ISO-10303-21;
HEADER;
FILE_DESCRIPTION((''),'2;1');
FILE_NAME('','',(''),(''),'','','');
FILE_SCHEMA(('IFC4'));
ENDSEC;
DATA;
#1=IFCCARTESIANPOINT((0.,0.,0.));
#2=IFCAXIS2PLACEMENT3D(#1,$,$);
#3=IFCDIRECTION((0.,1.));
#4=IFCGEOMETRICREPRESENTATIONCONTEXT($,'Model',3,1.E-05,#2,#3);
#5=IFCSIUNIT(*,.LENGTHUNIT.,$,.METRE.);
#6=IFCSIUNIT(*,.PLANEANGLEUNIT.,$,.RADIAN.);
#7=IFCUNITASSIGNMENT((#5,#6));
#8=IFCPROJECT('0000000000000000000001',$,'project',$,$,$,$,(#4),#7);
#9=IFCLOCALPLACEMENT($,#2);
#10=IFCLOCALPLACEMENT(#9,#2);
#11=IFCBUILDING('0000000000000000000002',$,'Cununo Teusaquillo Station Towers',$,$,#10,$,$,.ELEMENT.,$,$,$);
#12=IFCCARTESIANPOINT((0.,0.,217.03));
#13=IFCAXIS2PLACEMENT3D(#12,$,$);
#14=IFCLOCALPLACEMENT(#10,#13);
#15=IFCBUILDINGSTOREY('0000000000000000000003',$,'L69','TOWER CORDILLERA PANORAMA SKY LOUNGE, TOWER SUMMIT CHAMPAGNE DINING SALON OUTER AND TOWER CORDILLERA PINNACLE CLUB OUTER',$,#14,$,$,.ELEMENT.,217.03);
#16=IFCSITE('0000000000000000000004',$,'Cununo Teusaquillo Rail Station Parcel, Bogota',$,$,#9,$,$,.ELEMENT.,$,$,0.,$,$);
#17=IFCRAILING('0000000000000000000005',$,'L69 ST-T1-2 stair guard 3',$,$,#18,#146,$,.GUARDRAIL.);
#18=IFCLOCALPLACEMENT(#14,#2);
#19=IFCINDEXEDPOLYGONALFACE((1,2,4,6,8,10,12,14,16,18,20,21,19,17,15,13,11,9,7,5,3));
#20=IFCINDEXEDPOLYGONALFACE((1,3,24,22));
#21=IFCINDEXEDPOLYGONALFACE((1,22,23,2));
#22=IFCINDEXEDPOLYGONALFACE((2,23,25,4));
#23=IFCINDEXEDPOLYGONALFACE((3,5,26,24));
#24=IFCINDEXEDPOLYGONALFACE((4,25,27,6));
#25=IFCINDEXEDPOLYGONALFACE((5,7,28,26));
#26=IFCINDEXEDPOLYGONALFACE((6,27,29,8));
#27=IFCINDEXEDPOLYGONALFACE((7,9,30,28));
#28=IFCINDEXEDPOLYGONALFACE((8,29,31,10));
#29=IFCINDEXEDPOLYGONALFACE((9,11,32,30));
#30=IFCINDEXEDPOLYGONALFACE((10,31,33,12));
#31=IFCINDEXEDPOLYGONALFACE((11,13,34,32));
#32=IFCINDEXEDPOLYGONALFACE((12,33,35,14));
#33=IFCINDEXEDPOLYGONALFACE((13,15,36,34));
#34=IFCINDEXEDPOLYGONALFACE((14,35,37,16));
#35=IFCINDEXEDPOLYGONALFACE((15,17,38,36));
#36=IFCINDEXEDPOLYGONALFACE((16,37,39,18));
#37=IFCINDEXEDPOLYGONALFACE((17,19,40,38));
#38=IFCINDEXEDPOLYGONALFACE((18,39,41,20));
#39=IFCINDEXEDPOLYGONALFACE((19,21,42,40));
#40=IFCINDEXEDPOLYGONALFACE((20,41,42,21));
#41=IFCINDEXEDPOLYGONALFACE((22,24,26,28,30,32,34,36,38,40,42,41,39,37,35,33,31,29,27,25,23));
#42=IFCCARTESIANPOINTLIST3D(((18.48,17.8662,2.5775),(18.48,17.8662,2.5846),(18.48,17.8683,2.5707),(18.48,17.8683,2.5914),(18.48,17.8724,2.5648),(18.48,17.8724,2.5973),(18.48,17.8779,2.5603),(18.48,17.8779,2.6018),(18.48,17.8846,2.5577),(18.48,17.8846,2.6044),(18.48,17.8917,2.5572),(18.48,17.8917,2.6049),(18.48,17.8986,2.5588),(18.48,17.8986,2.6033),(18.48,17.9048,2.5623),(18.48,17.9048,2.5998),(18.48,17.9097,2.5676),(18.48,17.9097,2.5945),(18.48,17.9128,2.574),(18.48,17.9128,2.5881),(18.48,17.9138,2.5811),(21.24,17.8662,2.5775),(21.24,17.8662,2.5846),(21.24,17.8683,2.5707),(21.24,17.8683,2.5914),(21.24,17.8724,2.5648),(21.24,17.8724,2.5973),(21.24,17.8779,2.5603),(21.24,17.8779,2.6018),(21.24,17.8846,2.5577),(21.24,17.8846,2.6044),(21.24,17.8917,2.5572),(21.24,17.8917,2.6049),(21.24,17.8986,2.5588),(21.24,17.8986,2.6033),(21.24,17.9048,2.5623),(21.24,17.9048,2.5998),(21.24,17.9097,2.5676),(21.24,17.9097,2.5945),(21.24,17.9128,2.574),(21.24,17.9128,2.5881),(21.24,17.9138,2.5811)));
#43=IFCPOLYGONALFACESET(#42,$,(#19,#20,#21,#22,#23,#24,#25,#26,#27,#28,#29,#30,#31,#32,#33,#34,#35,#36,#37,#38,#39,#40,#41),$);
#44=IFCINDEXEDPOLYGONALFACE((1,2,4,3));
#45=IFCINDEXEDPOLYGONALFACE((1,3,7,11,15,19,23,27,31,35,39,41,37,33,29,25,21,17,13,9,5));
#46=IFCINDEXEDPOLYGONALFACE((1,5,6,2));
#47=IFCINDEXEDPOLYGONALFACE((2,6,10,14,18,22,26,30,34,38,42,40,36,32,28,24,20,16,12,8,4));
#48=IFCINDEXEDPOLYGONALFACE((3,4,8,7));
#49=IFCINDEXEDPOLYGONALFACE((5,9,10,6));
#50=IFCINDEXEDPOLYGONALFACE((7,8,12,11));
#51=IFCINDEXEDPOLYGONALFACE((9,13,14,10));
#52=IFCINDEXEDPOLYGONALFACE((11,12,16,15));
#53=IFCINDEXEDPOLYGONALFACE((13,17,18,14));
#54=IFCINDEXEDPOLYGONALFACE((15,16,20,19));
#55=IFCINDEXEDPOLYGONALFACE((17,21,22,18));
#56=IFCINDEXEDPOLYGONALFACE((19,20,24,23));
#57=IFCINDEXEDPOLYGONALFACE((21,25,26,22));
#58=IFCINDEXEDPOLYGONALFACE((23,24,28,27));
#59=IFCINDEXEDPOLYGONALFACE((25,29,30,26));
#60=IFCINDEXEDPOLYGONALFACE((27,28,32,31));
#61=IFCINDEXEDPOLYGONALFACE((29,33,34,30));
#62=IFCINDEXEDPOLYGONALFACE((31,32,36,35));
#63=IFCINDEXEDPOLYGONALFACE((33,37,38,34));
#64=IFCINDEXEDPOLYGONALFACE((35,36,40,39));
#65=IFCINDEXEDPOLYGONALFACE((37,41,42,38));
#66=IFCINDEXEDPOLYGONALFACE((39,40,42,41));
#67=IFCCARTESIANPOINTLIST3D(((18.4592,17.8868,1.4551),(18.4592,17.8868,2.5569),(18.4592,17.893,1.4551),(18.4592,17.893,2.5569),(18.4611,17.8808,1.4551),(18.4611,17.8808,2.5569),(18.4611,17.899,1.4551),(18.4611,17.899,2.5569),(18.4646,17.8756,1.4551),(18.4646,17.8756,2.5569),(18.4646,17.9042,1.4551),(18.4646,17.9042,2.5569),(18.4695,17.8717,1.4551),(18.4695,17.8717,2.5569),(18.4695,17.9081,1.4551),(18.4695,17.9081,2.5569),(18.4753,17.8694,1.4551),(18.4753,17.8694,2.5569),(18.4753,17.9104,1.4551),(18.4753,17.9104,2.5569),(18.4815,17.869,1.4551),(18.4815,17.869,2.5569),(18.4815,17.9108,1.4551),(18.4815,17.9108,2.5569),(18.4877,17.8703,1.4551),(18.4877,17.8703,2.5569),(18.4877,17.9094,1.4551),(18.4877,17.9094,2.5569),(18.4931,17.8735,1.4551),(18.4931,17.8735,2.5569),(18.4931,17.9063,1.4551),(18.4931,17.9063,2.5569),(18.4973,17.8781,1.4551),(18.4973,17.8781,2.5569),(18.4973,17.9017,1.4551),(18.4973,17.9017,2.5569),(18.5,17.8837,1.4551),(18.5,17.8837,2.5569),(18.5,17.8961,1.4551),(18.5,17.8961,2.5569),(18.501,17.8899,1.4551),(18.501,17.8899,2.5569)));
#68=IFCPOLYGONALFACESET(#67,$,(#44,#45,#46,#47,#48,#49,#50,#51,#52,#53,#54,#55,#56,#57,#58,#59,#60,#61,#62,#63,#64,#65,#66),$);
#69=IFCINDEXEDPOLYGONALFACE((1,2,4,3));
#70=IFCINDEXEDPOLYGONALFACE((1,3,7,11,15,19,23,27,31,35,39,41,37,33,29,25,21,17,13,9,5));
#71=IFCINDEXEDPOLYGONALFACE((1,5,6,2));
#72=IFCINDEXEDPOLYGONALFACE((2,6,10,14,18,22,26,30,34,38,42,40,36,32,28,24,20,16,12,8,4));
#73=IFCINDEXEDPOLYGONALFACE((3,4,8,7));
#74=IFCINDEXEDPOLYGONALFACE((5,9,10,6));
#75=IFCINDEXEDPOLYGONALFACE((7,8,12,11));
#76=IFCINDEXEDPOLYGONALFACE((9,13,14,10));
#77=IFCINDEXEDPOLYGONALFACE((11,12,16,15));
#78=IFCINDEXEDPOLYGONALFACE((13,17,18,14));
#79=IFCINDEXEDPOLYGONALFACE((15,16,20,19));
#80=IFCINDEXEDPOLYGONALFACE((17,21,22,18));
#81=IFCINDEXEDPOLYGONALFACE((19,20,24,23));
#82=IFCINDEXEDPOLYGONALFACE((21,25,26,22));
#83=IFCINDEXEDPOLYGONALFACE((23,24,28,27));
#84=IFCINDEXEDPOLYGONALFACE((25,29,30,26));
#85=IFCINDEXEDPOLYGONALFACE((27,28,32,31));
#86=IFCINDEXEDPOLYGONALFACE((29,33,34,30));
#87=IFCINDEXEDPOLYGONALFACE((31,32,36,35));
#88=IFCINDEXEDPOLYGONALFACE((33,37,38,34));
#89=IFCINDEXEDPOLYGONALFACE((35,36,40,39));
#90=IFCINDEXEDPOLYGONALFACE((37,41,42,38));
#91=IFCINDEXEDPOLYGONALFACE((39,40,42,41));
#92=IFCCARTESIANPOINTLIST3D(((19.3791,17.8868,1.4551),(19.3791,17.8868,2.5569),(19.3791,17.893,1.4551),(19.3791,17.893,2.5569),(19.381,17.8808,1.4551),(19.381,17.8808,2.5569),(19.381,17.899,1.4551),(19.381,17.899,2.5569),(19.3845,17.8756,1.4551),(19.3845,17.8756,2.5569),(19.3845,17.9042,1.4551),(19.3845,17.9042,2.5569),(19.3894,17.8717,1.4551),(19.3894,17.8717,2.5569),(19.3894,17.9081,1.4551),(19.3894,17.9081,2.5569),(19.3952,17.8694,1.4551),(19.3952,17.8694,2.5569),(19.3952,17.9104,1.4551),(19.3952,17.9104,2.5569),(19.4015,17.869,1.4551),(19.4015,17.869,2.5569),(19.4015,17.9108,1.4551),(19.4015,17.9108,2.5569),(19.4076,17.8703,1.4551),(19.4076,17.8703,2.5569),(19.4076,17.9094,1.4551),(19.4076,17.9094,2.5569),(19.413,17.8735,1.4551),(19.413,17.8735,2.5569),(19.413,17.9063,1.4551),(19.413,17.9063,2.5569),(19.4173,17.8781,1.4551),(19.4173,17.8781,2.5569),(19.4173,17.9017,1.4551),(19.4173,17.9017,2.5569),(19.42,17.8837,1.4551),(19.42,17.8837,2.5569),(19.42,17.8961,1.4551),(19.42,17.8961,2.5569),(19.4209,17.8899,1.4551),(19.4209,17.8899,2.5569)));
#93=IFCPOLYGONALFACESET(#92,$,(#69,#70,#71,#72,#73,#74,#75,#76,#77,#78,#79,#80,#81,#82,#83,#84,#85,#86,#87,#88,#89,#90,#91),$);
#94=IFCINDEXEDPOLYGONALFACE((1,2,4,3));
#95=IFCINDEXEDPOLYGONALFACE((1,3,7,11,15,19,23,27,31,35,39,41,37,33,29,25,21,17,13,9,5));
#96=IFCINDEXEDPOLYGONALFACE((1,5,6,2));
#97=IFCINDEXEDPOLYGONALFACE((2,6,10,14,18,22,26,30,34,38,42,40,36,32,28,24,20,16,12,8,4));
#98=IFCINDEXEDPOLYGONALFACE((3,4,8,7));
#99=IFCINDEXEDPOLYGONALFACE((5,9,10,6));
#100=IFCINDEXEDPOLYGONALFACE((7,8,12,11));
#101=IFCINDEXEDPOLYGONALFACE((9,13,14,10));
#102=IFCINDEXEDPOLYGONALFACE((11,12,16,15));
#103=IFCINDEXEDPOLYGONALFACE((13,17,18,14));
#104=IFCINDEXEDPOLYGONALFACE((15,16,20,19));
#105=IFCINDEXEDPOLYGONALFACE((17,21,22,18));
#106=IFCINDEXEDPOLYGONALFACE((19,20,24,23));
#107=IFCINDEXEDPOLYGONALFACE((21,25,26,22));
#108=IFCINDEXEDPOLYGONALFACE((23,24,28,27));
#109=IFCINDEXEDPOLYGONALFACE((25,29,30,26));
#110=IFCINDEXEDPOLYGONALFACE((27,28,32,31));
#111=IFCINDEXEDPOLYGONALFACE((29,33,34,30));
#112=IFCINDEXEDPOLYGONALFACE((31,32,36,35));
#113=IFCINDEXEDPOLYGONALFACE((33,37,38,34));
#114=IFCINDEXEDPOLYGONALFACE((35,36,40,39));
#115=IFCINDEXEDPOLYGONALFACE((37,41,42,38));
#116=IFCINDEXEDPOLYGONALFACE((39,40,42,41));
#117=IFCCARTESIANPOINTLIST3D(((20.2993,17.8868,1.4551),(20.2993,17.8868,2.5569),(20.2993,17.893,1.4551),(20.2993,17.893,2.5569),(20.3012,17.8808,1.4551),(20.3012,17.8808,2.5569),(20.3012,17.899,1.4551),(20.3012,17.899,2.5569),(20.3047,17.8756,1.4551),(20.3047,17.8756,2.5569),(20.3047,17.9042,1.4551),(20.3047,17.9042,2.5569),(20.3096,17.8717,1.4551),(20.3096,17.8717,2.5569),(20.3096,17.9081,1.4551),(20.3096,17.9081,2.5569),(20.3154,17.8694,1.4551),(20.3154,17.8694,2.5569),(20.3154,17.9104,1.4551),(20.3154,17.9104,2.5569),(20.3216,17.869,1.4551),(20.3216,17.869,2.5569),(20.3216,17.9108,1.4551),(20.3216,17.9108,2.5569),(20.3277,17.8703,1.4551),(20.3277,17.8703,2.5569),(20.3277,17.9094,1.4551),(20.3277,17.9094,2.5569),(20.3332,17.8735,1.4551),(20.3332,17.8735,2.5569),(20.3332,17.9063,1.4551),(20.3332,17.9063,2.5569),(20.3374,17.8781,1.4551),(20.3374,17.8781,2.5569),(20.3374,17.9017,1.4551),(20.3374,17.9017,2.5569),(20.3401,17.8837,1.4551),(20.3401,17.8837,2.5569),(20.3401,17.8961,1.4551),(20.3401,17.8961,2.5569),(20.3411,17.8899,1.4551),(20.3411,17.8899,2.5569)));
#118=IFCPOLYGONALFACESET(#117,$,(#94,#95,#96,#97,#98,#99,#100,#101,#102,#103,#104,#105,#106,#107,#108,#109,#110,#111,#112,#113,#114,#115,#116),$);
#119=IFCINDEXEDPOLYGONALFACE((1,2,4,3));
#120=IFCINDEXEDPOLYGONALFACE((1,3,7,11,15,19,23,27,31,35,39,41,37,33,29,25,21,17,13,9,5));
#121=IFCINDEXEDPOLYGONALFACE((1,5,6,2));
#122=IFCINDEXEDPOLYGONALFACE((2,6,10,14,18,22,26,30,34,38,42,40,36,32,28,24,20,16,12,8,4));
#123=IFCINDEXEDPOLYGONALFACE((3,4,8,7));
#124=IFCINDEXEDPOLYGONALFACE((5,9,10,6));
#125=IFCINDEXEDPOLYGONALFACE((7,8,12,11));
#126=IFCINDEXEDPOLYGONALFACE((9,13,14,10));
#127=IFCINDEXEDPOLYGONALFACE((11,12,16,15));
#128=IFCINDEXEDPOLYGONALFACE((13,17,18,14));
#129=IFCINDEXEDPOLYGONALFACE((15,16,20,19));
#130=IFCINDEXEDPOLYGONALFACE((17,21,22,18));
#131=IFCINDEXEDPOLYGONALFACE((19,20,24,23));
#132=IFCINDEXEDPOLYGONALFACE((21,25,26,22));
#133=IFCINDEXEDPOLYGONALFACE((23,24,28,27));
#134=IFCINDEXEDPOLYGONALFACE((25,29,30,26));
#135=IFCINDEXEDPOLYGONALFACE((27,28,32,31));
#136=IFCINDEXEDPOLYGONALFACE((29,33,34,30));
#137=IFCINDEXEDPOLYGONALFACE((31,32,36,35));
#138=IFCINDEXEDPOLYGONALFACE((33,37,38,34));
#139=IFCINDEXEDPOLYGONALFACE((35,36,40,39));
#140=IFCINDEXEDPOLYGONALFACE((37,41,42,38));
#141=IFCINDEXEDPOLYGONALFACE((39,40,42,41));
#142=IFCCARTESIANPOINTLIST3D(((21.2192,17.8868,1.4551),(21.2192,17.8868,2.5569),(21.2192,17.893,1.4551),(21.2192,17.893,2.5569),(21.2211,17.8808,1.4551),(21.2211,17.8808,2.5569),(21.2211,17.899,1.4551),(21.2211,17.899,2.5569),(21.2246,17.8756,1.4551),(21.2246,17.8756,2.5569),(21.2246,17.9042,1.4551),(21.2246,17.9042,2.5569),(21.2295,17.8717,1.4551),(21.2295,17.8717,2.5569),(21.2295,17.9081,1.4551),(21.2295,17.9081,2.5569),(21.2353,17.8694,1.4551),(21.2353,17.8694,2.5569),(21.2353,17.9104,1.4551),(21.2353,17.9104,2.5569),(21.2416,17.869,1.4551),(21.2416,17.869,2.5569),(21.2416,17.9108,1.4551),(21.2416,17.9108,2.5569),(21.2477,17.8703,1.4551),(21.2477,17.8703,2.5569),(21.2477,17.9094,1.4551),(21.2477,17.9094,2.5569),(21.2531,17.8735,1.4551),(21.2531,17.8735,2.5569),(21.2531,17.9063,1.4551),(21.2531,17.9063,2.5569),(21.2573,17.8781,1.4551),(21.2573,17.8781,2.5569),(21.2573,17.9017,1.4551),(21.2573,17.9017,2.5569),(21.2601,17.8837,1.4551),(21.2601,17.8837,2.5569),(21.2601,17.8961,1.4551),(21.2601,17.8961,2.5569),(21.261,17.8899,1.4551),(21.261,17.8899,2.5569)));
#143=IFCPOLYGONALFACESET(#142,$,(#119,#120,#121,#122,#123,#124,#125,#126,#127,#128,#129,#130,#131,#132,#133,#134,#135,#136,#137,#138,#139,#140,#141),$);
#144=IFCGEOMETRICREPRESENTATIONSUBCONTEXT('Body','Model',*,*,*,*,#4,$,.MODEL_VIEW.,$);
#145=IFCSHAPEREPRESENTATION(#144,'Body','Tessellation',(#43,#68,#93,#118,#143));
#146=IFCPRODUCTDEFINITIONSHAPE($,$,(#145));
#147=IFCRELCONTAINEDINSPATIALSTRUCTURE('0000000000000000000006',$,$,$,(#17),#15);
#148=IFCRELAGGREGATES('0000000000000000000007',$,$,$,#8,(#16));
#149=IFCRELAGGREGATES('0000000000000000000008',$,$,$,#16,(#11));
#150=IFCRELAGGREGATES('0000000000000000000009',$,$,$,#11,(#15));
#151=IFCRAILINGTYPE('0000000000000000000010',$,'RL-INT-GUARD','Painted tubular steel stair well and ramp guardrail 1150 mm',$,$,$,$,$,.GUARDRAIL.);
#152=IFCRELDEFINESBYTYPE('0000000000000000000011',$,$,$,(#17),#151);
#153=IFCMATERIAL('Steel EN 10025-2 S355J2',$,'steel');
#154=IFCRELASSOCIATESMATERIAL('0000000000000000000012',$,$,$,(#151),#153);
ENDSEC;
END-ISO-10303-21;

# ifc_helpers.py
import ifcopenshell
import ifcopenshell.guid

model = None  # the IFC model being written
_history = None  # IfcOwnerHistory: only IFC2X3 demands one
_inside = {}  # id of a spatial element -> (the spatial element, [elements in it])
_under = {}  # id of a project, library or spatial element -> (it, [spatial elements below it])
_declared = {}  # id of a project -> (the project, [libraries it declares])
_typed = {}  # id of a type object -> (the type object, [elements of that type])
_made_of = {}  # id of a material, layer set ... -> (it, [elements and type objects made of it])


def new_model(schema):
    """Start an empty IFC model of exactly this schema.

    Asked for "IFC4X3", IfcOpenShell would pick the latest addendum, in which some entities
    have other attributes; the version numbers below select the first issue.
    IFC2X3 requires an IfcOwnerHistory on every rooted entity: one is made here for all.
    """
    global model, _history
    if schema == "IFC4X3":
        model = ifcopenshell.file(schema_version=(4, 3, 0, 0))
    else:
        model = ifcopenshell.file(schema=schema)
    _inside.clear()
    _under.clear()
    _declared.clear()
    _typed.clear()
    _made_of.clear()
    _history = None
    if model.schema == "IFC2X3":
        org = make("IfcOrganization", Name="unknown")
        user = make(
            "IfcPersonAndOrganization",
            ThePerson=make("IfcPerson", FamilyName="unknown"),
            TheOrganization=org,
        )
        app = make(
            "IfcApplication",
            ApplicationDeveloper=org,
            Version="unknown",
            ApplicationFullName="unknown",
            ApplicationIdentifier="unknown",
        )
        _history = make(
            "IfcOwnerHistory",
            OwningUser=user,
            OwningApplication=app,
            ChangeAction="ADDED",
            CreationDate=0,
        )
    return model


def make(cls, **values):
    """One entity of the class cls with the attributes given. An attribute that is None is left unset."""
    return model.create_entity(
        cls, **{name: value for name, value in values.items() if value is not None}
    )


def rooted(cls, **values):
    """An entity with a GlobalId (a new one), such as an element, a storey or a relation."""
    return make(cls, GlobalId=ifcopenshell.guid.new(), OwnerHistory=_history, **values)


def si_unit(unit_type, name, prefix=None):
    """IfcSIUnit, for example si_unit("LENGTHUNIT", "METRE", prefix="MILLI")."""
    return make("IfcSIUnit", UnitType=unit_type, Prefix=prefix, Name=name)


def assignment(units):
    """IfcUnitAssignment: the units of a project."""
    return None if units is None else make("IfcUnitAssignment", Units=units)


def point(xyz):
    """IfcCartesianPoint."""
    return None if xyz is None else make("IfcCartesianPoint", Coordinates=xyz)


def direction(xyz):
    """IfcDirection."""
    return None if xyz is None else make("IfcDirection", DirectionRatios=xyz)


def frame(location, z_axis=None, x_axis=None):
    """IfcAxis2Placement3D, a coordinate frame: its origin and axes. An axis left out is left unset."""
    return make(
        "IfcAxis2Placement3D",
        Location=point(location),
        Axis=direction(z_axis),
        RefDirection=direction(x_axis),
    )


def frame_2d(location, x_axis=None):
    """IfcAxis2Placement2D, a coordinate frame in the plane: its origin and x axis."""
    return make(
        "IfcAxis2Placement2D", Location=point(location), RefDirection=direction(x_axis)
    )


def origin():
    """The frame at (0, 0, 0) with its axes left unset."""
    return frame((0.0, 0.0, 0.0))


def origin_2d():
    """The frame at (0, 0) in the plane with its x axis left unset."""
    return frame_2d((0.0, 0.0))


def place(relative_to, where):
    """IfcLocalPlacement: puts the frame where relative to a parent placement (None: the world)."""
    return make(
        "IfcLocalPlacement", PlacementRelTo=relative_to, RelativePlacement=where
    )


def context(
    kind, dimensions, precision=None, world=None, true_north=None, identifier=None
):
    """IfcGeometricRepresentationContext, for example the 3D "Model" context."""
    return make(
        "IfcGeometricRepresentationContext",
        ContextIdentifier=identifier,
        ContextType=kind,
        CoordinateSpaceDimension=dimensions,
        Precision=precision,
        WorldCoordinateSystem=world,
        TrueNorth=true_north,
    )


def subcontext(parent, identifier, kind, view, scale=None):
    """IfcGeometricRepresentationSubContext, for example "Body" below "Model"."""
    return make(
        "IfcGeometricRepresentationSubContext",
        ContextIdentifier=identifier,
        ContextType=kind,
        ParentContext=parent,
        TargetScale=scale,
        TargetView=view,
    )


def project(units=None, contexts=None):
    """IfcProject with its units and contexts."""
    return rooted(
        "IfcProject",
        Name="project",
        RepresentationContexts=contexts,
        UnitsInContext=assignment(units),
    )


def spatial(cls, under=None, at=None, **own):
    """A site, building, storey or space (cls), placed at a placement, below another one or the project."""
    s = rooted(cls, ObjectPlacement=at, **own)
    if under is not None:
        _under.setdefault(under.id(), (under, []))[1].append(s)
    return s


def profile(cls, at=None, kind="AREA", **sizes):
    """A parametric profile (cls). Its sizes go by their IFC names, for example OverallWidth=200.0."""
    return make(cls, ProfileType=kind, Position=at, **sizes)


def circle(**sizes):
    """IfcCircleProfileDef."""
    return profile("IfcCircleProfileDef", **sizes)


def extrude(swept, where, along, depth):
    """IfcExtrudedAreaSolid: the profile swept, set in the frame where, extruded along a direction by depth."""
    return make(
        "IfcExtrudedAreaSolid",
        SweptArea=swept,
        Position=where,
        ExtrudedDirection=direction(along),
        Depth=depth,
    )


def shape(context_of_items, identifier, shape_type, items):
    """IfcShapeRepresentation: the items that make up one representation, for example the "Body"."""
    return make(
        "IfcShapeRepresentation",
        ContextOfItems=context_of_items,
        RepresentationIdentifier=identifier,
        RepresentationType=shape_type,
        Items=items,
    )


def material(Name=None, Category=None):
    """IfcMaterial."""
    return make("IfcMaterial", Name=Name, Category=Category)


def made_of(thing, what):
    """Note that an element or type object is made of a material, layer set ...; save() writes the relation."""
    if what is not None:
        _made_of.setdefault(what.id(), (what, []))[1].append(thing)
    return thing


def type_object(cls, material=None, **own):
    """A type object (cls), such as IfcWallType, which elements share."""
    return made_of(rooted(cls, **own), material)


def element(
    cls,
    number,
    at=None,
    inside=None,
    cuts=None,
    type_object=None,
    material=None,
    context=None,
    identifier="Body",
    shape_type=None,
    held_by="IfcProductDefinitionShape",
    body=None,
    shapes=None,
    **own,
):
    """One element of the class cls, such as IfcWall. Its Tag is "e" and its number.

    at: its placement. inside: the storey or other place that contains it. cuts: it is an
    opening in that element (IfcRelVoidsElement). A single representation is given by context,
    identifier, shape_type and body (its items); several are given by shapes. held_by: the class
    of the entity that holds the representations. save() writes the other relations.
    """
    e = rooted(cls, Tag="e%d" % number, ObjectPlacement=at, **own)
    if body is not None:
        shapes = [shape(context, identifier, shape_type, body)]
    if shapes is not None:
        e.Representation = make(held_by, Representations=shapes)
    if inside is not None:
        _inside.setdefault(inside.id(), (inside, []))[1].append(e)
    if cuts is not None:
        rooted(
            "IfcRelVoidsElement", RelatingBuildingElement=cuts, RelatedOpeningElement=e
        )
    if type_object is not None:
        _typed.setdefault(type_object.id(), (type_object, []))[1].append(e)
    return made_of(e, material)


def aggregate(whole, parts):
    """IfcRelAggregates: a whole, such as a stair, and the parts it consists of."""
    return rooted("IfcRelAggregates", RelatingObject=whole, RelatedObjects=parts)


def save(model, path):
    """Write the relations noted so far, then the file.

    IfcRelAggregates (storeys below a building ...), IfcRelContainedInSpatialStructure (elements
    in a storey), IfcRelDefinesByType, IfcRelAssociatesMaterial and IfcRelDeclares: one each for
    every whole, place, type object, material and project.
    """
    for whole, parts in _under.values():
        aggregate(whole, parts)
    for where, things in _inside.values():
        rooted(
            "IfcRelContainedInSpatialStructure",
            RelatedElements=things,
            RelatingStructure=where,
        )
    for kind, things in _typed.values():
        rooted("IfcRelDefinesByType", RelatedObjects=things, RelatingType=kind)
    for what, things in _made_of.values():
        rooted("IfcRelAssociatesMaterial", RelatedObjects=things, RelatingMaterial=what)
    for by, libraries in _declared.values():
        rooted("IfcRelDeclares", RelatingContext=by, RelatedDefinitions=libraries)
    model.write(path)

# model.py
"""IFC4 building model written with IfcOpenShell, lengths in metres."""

from ifc_helpers import new_model, si_unit, direction, frame, origin, origin_2d, place, context, subcontext, project, spatial, circle, extrude, material, type_object, element, save


model = new_model("IFC4")

# Units and contexts
model_context = context("Model", 3, precision=1e-05, world=origin(), true_north=direction((0.0, 1.0)))
body_context = subcontext(model_context, "Body", "Model", "MODEL_VIEW")
ifc_project = project(units=[si_unit("LENGTHUNIT", "METRE"), si_unit("PLANEANGLEUNIT", "RADIAN")], contexts=[model_context])

# Site, building, storey
site_placement = place(None, origin())
site = spatial("IfcSite", under=ifc_project, at=site_placement, Name="Cununo Teusaquillo Rail Station Parcel, Bogota", CompositionType="ELEMENT", RefElevation=0.0)
building_placement = place(site_placement, origin())
building = spatial("IfcBuilding", under=site, at=building_placement, Name="Cununo Teusaquillo Station Towers", CompositionType="ELEMENT")
storey_placement = place(building_placement, frame((0.0, 0.0, 217.03)))
storey = spatial("IfcBuildingStorey", under=building, at=storey_placement, Name="L69", Description="TOWER CORDILLERA PANORAMA SKY LOUNGE, TOWER SUMMIT CHAMPAGNE DINING SALON OUTER AND TOWER CORDILLERA PINNACLE CLUB OUTER", CompositionType="ELEMENT", Elevation=217.03)

# Railing
ifc_material_1 = material(Name="Steel EN 10025-2 S355J2", Category="steel")
railing_type_1 = type_object("IfcRailingType", Name="RL-INT-GUARD", Description="Painted tubular steel stair well and ramp guardrail 1150 mm", PredefinedType="GUARDRAIL", material=ifc_material_1)
railing_1_placement = place(storey_placement, frame((18.48, 17.8899, 1.4551)))
element("IfcRailing", 1, at=railing_1_placement, inside=storey, type_object=railing_type_1, Name="L69 ST-T1-2 stair guard 3", PredefinedType="GUARDRAIL", context=body_context, shape_type="SweptSolid", body=[
    extrude(circle(Radius=0.0239, at=origin_2d()), frame((0.0, 0.0, 1.126), z_axis=(1.0, 0.0, 0.0), x_axis=(0.0, 1.0, 0.0)), (0.0, 0.0, 1.0), 2.76),
    extrude(circle(Radius=0.021, at=origin_2d()), origin(), (0.0, 0.0, 1.0), 1.1018),
    extrude(circle(Radius=0.021, at=origin_2d()), frame((0.9199, 0.0, 0.0)), (0.0, 0.0, 1.0), 1.1018),
    extrude(circle(Radius=0.021, at=origin_2d()), frame((1.8401, 0.0, 0.0)), (0.0, 0.0, 1.0), 1.1018),
    extrude(circle(Radius=0.021, at=origin_2d()), frame((2.76, 0.0, 0.0)), (0.0, 0.0, 1.0), 1.1018),
])

save(model, "model.ifc")
